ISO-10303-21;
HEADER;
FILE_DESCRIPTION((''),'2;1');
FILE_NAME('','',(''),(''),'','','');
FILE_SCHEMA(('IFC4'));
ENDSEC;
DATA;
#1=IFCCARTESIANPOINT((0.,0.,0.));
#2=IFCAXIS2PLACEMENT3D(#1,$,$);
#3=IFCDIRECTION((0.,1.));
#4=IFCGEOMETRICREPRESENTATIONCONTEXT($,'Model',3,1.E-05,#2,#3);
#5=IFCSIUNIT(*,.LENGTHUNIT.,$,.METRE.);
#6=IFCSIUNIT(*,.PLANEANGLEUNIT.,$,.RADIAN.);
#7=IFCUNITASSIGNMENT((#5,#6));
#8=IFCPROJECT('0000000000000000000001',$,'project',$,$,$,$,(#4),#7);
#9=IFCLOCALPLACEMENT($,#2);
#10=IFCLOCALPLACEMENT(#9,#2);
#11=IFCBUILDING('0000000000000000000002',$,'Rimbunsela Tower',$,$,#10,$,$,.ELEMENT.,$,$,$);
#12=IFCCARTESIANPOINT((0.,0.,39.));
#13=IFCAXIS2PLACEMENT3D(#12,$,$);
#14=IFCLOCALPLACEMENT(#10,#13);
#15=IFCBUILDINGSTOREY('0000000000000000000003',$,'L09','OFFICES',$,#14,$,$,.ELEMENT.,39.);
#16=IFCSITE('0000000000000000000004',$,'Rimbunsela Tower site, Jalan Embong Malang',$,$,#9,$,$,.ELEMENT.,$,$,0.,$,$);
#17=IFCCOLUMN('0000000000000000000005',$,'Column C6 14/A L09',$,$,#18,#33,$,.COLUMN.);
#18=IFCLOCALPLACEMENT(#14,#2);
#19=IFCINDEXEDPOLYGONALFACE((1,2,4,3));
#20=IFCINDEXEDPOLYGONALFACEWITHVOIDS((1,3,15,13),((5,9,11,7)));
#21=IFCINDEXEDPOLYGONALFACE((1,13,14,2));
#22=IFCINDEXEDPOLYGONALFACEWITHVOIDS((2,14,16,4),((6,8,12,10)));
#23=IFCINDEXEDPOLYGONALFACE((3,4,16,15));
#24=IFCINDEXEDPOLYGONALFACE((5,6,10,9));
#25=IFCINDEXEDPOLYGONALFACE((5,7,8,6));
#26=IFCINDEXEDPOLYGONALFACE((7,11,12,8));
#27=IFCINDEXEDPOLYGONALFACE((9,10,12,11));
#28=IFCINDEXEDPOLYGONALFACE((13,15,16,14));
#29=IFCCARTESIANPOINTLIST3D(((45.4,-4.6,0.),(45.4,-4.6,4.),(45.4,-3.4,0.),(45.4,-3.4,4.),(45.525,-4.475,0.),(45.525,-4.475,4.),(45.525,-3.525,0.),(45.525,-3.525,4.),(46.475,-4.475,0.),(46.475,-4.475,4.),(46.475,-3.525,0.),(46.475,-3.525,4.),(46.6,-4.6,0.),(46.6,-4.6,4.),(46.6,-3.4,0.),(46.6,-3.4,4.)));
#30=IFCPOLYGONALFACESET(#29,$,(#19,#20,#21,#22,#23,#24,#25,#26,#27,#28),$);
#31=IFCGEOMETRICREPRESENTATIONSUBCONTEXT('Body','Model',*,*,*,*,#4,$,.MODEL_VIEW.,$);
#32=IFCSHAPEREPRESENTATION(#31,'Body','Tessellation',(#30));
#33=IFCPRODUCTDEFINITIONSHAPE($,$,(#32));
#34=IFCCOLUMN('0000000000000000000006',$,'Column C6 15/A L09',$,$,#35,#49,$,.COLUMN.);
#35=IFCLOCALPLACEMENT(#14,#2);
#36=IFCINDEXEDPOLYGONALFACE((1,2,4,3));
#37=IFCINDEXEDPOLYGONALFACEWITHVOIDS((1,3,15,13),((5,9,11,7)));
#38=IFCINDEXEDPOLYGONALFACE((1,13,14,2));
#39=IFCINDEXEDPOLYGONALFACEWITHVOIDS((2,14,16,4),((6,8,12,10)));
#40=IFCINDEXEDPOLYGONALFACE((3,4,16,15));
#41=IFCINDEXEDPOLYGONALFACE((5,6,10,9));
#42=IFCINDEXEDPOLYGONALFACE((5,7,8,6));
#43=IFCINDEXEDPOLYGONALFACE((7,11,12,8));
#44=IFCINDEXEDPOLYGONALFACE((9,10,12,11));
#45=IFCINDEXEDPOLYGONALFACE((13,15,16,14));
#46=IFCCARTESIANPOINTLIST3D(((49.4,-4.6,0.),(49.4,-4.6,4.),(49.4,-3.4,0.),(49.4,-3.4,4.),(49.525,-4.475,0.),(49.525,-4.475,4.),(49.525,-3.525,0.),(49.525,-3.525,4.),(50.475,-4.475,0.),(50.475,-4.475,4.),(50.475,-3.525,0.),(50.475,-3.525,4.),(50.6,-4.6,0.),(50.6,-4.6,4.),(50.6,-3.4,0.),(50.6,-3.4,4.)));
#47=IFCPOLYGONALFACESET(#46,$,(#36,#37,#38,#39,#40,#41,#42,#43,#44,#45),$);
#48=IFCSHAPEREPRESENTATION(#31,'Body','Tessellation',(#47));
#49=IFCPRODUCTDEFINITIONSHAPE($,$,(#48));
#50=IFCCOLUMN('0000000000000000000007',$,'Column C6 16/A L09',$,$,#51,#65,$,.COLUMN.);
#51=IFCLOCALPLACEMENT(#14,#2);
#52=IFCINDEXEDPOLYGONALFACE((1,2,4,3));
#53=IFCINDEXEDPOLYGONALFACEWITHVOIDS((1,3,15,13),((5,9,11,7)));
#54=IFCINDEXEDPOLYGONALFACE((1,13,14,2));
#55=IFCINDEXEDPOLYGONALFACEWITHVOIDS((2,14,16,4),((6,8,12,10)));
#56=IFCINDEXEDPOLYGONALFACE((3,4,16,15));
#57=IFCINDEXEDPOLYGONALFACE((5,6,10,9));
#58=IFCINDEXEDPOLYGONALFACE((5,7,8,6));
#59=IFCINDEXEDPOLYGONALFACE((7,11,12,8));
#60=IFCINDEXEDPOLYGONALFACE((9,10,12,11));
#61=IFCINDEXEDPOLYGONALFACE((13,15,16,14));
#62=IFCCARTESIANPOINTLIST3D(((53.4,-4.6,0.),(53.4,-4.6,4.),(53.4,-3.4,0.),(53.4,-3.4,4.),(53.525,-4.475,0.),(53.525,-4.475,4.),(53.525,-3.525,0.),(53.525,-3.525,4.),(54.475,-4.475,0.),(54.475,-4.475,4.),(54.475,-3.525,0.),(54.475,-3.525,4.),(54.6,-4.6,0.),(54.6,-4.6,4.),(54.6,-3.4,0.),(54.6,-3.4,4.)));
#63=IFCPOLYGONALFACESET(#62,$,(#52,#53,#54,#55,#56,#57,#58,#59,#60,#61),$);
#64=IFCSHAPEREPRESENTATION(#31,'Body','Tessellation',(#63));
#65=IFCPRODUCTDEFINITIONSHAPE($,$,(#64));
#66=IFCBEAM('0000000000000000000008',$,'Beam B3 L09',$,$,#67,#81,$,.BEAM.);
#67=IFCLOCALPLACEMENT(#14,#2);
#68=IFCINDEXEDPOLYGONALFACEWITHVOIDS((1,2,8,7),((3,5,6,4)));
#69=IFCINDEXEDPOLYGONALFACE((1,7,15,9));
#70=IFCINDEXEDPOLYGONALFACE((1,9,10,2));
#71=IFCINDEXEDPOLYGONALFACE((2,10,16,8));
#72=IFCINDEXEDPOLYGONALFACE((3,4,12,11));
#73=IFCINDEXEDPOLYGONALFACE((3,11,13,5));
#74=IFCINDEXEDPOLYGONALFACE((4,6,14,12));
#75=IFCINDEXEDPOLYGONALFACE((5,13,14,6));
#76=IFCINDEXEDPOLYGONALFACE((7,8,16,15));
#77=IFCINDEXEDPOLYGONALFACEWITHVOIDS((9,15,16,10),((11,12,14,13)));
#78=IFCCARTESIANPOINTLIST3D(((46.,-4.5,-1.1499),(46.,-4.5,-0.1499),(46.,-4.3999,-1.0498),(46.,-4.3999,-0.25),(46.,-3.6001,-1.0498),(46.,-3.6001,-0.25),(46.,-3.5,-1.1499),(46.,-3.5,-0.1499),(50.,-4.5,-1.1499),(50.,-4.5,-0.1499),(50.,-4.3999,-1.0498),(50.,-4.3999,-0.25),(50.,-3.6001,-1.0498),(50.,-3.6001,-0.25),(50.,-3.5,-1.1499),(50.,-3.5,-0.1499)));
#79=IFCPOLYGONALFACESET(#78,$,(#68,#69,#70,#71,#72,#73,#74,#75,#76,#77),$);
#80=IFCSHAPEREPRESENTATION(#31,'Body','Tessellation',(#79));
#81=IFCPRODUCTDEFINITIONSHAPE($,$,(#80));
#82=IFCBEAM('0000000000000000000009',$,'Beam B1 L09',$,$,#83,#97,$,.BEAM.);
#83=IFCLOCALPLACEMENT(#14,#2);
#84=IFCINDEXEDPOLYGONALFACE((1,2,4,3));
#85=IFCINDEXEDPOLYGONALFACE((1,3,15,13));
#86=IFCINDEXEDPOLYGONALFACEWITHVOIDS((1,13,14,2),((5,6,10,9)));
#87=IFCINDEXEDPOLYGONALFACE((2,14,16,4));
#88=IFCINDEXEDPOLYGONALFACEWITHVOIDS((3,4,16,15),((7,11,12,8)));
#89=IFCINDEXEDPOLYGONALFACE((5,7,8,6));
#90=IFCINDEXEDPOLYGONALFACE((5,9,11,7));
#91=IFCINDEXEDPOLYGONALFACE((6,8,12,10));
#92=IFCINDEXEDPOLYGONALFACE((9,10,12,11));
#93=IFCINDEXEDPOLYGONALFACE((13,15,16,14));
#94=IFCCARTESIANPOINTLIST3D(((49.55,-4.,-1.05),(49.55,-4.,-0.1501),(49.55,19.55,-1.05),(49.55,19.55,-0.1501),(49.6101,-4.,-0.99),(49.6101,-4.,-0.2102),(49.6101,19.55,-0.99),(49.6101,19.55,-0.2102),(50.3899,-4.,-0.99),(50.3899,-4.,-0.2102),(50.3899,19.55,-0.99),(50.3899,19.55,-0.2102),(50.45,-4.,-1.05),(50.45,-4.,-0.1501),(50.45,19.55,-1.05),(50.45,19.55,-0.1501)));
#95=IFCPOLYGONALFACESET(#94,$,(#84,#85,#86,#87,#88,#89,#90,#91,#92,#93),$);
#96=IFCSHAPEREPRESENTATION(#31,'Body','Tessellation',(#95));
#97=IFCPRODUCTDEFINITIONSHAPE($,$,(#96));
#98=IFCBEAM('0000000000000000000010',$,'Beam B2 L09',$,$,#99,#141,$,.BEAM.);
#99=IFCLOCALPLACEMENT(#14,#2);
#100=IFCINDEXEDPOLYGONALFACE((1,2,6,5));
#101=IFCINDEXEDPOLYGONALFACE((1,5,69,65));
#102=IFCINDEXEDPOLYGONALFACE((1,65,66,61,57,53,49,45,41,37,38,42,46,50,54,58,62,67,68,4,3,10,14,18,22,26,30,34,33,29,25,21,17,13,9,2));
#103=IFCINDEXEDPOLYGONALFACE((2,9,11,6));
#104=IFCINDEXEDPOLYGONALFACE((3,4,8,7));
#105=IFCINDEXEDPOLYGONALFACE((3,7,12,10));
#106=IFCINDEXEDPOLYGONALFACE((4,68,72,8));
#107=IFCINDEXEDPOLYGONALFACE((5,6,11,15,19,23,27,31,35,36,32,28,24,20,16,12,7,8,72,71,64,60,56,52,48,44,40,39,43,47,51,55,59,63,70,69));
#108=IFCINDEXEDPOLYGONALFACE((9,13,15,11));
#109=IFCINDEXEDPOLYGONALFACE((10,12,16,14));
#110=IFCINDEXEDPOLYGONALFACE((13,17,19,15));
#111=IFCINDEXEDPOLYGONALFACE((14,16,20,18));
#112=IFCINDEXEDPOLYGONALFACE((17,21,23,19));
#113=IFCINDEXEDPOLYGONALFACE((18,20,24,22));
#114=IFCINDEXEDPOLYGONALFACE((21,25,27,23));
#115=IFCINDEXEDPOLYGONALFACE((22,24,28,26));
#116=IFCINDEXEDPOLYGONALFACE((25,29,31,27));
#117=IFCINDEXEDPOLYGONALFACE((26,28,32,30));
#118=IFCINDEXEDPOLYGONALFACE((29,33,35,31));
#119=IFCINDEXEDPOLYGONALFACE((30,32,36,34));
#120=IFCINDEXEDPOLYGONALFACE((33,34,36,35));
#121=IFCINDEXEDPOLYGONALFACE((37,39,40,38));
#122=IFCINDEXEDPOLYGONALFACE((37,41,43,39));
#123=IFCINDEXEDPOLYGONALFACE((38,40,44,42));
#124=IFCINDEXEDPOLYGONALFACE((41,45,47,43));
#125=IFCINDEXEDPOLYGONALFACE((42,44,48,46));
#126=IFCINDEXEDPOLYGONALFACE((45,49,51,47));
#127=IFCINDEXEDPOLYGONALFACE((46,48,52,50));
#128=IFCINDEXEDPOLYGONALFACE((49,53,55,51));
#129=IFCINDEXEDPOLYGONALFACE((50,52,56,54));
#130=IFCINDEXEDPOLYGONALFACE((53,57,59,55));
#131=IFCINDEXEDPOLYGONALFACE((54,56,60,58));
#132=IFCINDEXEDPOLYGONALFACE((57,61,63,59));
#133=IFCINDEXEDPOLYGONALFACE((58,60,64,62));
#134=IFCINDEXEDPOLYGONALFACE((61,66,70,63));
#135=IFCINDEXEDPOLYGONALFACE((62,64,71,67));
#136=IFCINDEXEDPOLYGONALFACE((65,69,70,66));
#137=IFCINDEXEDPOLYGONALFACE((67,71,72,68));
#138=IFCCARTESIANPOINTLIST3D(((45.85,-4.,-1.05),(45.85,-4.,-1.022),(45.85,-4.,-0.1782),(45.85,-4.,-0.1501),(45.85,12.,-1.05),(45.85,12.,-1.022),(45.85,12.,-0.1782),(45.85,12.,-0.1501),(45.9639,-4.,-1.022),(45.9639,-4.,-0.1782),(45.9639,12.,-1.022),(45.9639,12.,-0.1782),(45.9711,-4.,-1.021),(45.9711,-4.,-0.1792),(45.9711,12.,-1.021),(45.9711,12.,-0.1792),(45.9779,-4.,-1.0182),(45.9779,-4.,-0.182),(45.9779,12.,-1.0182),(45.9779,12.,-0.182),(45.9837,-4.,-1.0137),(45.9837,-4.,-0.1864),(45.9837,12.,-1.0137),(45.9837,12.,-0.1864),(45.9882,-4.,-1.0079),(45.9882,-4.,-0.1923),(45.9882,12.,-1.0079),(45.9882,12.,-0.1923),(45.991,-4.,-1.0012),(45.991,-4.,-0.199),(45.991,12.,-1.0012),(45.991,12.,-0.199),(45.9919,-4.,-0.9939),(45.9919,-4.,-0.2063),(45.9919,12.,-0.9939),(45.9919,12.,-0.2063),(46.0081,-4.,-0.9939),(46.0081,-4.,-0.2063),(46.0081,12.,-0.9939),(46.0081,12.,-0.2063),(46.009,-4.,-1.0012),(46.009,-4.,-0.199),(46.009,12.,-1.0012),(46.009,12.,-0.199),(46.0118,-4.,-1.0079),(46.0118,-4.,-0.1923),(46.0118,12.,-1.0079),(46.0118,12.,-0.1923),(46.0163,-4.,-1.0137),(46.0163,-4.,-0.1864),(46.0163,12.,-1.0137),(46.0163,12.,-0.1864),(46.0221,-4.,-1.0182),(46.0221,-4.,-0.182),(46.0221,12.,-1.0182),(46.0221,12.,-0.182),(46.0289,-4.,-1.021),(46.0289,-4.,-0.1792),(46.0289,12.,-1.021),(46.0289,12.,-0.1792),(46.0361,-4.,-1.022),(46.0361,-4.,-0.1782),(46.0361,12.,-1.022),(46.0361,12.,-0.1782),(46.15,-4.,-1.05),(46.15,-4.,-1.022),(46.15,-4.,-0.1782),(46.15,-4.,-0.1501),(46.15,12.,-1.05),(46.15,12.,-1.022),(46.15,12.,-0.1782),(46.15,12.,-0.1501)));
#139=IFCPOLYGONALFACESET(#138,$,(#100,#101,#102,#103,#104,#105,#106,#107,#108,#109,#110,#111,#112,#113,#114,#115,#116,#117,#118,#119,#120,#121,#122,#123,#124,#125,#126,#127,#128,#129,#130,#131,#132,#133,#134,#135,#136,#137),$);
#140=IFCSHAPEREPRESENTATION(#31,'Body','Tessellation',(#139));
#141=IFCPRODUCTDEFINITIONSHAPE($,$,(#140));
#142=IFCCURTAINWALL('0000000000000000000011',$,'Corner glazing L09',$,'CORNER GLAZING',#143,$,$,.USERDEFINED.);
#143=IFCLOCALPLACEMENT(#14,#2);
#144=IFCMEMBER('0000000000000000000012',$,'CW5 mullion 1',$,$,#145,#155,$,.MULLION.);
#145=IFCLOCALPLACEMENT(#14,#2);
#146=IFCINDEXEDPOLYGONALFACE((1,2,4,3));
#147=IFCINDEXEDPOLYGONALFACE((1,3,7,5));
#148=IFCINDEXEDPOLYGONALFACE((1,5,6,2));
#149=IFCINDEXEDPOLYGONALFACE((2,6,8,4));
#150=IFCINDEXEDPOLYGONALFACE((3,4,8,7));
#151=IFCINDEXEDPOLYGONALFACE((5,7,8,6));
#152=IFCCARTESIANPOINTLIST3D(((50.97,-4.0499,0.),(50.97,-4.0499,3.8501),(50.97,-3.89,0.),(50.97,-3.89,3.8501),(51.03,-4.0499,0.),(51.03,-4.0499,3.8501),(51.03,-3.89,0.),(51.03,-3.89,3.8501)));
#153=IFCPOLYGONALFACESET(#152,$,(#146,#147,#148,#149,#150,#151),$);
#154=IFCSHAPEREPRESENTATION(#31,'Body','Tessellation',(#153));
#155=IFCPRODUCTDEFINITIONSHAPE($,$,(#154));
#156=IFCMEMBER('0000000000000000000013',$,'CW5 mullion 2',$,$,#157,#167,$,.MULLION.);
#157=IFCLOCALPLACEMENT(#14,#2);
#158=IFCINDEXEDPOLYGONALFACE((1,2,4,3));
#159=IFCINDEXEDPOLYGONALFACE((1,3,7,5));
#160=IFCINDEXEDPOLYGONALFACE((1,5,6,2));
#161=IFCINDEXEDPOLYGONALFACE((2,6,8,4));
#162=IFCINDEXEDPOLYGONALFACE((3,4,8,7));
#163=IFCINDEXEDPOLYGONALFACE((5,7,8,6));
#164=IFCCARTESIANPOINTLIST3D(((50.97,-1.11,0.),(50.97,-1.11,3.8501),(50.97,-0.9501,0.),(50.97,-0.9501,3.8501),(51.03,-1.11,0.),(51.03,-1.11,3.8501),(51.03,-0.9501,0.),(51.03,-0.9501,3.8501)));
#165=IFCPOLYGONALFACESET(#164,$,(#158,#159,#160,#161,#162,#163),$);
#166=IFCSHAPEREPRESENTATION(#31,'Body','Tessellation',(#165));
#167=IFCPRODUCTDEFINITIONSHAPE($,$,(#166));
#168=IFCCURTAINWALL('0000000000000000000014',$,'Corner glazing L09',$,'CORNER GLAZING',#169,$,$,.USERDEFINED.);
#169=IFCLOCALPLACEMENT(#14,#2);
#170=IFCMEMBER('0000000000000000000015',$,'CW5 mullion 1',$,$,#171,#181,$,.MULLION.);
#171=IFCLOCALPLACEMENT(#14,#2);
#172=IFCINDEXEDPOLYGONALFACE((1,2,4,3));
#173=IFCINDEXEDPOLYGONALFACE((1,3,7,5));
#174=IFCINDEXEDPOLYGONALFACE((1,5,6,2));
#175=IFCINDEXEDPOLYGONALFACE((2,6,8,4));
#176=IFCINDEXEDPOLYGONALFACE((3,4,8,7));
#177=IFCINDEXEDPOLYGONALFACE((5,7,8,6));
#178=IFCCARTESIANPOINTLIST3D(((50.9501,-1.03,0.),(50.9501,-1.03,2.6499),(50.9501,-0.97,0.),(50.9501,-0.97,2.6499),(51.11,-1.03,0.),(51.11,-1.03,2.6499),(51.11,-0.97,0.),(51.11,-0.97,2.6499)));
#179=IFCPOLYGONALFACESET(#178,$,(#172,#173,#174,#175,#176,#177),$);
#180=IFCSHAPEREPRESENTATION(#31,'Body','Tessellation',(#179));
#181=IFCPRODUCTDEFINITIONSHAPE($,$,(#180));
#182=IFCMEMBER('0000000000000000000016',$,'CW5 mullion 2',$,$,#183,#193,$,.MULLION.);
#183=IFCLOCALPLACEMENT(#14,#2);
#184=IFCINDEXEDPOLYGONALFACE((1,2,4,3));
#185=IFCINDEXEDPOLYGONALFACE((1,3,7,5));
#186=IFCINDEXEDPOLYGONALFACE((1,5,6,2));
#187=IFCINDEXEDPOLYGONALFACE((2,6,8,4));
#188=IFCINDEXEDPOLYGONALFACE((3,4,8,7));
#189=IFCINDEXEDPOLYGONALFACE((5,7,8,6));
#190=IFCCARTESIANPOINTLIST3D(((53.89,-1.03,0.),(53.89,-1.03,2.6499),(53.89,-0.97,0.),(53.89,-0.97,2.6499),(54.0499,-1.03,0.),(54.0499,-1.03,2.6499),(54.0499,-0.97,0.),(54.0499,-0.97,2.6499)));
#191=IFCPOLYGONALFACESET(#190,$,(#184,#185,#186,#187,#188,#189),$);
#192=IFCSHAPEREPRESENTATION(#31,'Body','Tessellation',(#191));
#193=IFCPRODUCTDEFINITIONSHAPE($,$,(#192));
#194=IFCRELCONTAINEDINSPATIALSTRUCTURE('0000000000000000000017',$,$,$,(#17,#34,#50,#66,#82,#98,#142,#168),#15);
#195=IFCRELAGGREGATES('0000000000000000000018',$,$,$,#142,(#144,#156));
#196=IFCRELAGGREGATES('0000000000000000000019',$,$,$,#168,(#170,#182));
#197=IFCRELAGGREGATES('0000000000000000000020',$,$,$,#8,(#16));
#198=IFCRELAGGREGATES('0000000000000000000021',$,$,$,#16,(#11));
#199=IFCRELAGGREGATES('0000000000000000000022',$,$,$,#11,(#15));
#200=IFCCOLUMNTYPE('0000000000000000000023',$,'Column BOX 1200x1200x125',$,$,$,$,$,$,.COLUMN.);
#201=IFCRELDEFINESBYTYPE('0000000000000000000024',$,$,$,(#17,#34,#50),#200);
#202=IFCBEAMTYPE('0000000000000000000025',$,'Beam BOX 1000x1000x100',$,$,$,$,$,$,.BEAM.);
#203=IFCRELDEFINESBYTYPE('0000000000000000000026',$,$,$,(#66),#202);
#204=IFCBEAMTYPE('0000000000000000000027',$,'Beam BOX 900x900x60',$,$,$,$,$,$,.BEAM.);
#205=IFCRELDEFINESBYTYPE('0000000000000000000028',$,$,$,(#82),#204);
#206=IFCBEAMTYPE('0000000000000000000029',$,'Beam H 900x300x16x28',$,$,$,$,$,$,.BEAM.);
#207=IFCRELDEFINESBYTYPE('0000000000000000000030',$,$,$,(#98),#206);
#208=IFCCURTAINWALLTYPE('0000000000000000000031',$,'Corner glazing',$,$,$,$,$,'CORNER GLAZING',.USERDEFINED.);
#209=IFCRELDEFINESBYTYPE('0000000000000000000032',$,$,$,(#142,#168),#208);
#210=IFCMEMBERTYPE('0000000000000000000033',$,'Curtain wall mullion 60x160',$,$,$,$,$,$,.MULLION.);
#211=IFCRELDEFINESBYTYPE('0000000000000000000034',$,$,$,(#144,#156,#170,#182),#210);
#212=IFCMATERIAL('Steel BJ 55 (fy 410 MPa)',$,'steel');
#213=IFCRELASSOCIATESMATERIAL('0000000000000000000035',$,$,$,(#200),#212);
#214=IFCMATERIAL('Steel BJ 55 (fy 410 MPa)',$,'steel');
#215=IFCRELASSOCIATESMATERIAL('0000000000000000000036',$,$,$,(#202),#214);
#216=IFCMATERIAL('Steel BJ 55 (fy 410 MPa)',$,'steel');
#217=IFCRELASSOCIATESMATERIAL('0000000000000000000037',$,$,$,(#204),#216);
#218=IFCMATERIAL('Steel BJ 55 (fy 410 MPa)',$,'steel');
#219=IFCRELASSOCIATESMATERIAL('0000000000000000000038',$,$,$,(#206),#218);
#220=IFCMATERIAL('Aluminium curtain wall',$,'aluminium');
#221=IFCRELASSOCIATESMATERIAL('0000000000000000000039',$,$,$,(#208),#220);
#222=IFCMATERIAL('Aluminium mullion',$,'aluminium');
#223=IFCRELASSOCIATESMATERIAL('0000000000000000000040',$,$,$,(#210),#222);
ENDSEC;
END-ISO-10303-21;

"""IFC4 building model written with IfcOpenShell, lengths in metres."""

from ifc_helpers import new_model, si_unit, direction, frame, origin, origin_2d, place, context, subcontext, project, spatial, rectangle, hollow_rectangle, i_section, extrude, material, material_profile, profile_set, type_object, element, aggregate, save


model = new_model("IFC4")

# Units and contexts
model_context = context("Model", 3, precision=1e-05, world=origin(), true_north=direction((0.0, 1.0)))
body_context = subcontext(model_context, "Body", "Model", "MODEL_VIEW")
ifc_project = project(units=[si_unit("LENGTHUNIT", "METRE"), si_unit("PLANEANGLEUNIT", "RADIAN")], contexts=[model_context])

# Site, building, storey
site_placement = place(None, origin())
site = spatial("IfcSite", under=ifc_project, at=site_placement, Name="Rimbunsela Tower site, Jalan Embong Malang", CompositionType="ELEMENT", RefElevation=0.0)
building_placement = place(site_placement, origin())
building = spatial("IfcBuilding", under=site, at=building_placement, Name="Rimbunsela Tower", CompositionType="ELEMENT")
storey_placement = place(building_placement, frame((0.0, 0.0, 39.0)))
storey = spatial("IfcBuildingStorey", under=building, at=storey_placement, Name="L09", Description="OFFICES", CompositionType="ELEMENT", Elevation=39.0)

# Columns
ifc_material_1 = material(Name="Steel BJ 55 (fy 410 MPa)", Category="steel")
ifc_material_profile_1 = material_profile(ifc_material_1, hollow_rectangle(XDim=1.2, YDim=1.2, WallThickness=0.125, at=origin_2d()), Name="BOX 1200x1200x125")
ifc_profile_set_1 = profile_set([ifc_material_profile_1], Name="Steel BJ 55 (fy 410 MPa)")
column_type = type_object("IfcColumnType", Name="Column BOX 1200x1200x125", PredefinedType="COLUMN", material=ifc_profile_set_1)
for number, where, z_axis, x_axis, name in (
    (1, (46.0, -4.0, 0.0), (0.0, 0.0, 1.0), (1.0, 0.0, 0.0), "Column C6 14/A L09"),
    (2, (50.0, -4.0, 0.0), (0.0, 0.0, 1.0), (1.0, 0.0, 0.0), "Column C6 15/A L09"),
    (3, (54.0, -4.0, 0.0), (0.0, 0.0, 1.0), (1.0, 0.0, 0.0), "Column C6 16/A L09"),
):
    element("IfcColumn", number, at=place(storey_placement, frame(where, z_axis=z_axis, x_axis=x_axis)), inside=storey, type_object=column_type, Name=name, PredefinedType="COLUMN", context=body_context, shape_type="SweptSolid", body=[
        extrude(hollow_rectangle(XDim=1.2, YDim=1.2, WallThickness=0.125, at=origin_2d()), origin(), (0.0, 0.0, 1.0), 4.0),
    ])

# Beams
ifc_material_2 = material(Name="Steel BJ 55 (fy 410 MPa)", Category="steel")
ifc_material_profile_2 = material_profile(ifc_material_2, hollow_rectangle(XDim=1.0, YDim=1.0, WallThickness=0.1001, at=origin_2d()), Name="BOX 1000x1000x100")
ifc_profile_set_2 = profile_set([ifc_material_profile_2], Name="Steel BJ 55 (fy 410 MPa)")
beam_type_1 = type_object("IfcBeamType", Name="Beam BOX 1000x1000x100", PredefinedType="BEAM", material=ifc_profile_set_2)
beam_1_placement = place(storey_placement, frame((46.0, -4.0, -0.6499), z_axis=(1.0, 0.0, 0.0), x_axis=(0.0, 1.0, 0.0)))
element("IfcBeam", 4, at=beam_1_placement, inside=storey, type_object=beam_type_1, Name="Beam B3 L09", PredefinedType="BEAM", context=body_context, shape_type="SweptSolid", body=[
    extrude(hollow_rectangle(XDim=1.0, YDim=1.0, WallThickness=0.1001, at=origin_2d()), origin(), (0.0, 0.0, 1.0), 4.0),
])
ifc_material_3 = material(Name="Steel BJ 55 (fy 410 MPa)", Category="steel")
ifc_material_profile_3 = material_profile(ifc_material_3, hollow_rectangle(XDim=0.8999, YDim=0.8999, WallThickness=0.0601, at=origin_2d()), Name="BOX 900x900x60")
ifc_profile_set_3 = profile_set([ifc_material_profile_3], Name="Steel BJ 55 (fy 410 MPa)")
beam_type_2 = type_object("IfcBeamType", Name="Beam BOX 900x900x60", PredefinedType="BEAM", material=ifc_profile_set_3)
beam_2_placement = place(storey_placement, frame((50.0, -4.0, -0.6001), z_axis=(0.0, 1.0, 0.0), x_axis=(-1.0, 0.0, 0.0)))
element("IfcBeam", 5, at=beam_2_placement, inside=storey, type_object=beam_type_2, Name="Beam B1 L09", PredefinedType="BEAM", context=body_context, shape_type="SweptSolid", body=[
    extrude(hollow_rectangle(XDim=0.8999, YDim=0.8999, WallThickness=0.0601, at=origin_2d()), origin(), (0.0, 0.0, 1.0), 23.55),
])
ifc_material_4 = material(Name="Steel BJ 55 (fy 410 MPa)", Category="steel")
ifc_material_profile_4 = material_profile(ifc_material_4, i_section(OverallWidth=0.3, OverallDepth=0.8999, WebThickness=0.0161, FlangeThickness=0.0281, FilletRadius=0.0281, at=origin_2d()), Name="H 900x300x16x28")
ifc_profile_set_4 = profile_set([ifc_material_profile_4], Name="Steel BJ 55 (fy 410 MPa)")
beam_type_3 = type_object("IfcBeamType", Name="Beam H 900x300x16x28", PredefinedType="BEAM", material=ifc_profile_set_4)
beam_3_placement = place(storey_placement, frame((46.0, -4.0, -0.6001), z_axis=(0.0, 1.0, 0.0), x_axis=(-1.0, 0.0, 0.0)))
element("IfcBeam", 6, at=beam_3_placement, inside=storey, type_object=beam_type_3, Name="Beam B2 L09", PredefinedType="BEAM", context=body_context, shape_type="SweptSolid", body=[
    extrude(i_section(OverallWidth=0.3, OverallDepth=0.8999, WebThickness=0.0161, FlangeThickness=0.0281, FilletRadius=0.0281, at=origin_2d()), origin(), (0.0, 0.0, 1.0), 16.0),
])

# Curtain walls, members
ifc_material_5 = material(Name="Aluminium curtain wall", Category="aluminium")
curtain_wall_type_1 = type_object("IfcCurtainWallType", Name="Corner glazing", ElementType="CORNER GLAZING", PredefinedType="USERDEFINED", material=ifc_material_5)
curtain_wall_1_placement = place(storey_placement, origin())
curtain_wall_1 = element("IfcCurtainWall", 7, at=curtain_wall_1_placement, inside=storey, type_object=curtain_wall_type_1, Name="Corner glazing L09", ObjectType="CORNER GLAZING", PredefinedType="USERDEFINED")
ifc_material_6 = material(Name="Aluminium mullion", Category="aluminium")
ifc_material_profile_5 = material_profile(ifc_material_6, rectangle(XDim=0.0601, YDim=0.1599, at=origin_2d()), Name="Mullion 60x160")
ifc_profile_set_5 = profile_set([ifc_material_profile_5], Name="Aluminium mullion")
member_type_1 = type_object("IfcMemberType", Name="Curtain wall mullion 60x160", PredefinedType="MULLION", material=ifc_profile_set_5)
member_1_placement = place(storey_placement, frame((51.0, -3.97, 0.0), z_axis=(0.0, 0.0, 1.0), x_axis=(-1.0, 0.0, 0.0)))
member_1 = element("IfcMember", 8, at=member_1_placement, type_object=member_type_1, Name="CW5 mullion 1", PredefinedType="MULLION", context=body_context, shape_type="SweptSolid", body=[
    extrude(rectangle(XDim=0.0601, YDim=0.1599, at=origin_2d()), origin(), (0.0, 0.0, 1.0), 3.8501),
])
member_2_placement = place(storey_placement, frame((51.0, -1.03, 0.0), z_axis=(0.0, 0.0, 1.0), x_axis=(-1.0, 0.0, 0.0)))
member_2 = element("IfcMember", 9, at=member_2_placement, type_object=member_type_1, Name="CW5 mullion 2", PredefinedType="MULLION", context=body_context, shape_type="SweptSolid", body=[
    extrude(rectangle(XDim=0.0601, YDim=0.1599, at=origin_2d()), origin(), (0.0, 0.0, 1.0), 3.8501),
])
curtain_wall_2_placement = place(storey_placement, origin())
curtain_wall_2 = element("IfcCurtainWall", 10, at=curtain_wall_2_placement, inside=storey, type_object=curtain_wall_type_1, Name="Corner glazing L09", ObjectType="CORNER GLAZING", PredefinedType="USERDEFINED")
member_3_placement = place(storey_placement, frame((51.03, -1.0, 0.0), z_axis=(0.0, 0.0, 1.0), x_axis=(0.0, 1.0, 0.0)))
member_3 = element("IfcMember", 11, at=member_3_placement, type_object=member_type_1, Name="CW5 mullion 1", PredefinedType="MULLION", context=body_context, shape_type="SweptSolid", body=[
    extrude(rectangle(XDim=0.0601, YDim=0.1599, at=origin_2d()), origin(), (0.0, 0.0, 1.0), 2.6499),
])
member_4_placement = place(storey_placement, frame((53.97, -1.0, 0.0), z_axis=(0.0, 0.0, 1.0), x_axis=(0.0, 1.0, 0.0)))
member_4 = element("IfcMember", 12, at=member_4_placement, type_object=member_type_1, Name="CW5 mullion 2", PredefinedType="MULLION", context=body_context, shape_type="SweptSolid", body=[
    extrude(rectangle(XDim=0.0601, YDim=0.1599, at=origin_2d()), origin(), (0.0, 0.0, 1.0), 2.6499),
])

aggregate(curtain_wall_1, [member_1, member_2])
aggregate(curtain_wall_2, [member_3, member_4])

save(model, "model.ifc")
